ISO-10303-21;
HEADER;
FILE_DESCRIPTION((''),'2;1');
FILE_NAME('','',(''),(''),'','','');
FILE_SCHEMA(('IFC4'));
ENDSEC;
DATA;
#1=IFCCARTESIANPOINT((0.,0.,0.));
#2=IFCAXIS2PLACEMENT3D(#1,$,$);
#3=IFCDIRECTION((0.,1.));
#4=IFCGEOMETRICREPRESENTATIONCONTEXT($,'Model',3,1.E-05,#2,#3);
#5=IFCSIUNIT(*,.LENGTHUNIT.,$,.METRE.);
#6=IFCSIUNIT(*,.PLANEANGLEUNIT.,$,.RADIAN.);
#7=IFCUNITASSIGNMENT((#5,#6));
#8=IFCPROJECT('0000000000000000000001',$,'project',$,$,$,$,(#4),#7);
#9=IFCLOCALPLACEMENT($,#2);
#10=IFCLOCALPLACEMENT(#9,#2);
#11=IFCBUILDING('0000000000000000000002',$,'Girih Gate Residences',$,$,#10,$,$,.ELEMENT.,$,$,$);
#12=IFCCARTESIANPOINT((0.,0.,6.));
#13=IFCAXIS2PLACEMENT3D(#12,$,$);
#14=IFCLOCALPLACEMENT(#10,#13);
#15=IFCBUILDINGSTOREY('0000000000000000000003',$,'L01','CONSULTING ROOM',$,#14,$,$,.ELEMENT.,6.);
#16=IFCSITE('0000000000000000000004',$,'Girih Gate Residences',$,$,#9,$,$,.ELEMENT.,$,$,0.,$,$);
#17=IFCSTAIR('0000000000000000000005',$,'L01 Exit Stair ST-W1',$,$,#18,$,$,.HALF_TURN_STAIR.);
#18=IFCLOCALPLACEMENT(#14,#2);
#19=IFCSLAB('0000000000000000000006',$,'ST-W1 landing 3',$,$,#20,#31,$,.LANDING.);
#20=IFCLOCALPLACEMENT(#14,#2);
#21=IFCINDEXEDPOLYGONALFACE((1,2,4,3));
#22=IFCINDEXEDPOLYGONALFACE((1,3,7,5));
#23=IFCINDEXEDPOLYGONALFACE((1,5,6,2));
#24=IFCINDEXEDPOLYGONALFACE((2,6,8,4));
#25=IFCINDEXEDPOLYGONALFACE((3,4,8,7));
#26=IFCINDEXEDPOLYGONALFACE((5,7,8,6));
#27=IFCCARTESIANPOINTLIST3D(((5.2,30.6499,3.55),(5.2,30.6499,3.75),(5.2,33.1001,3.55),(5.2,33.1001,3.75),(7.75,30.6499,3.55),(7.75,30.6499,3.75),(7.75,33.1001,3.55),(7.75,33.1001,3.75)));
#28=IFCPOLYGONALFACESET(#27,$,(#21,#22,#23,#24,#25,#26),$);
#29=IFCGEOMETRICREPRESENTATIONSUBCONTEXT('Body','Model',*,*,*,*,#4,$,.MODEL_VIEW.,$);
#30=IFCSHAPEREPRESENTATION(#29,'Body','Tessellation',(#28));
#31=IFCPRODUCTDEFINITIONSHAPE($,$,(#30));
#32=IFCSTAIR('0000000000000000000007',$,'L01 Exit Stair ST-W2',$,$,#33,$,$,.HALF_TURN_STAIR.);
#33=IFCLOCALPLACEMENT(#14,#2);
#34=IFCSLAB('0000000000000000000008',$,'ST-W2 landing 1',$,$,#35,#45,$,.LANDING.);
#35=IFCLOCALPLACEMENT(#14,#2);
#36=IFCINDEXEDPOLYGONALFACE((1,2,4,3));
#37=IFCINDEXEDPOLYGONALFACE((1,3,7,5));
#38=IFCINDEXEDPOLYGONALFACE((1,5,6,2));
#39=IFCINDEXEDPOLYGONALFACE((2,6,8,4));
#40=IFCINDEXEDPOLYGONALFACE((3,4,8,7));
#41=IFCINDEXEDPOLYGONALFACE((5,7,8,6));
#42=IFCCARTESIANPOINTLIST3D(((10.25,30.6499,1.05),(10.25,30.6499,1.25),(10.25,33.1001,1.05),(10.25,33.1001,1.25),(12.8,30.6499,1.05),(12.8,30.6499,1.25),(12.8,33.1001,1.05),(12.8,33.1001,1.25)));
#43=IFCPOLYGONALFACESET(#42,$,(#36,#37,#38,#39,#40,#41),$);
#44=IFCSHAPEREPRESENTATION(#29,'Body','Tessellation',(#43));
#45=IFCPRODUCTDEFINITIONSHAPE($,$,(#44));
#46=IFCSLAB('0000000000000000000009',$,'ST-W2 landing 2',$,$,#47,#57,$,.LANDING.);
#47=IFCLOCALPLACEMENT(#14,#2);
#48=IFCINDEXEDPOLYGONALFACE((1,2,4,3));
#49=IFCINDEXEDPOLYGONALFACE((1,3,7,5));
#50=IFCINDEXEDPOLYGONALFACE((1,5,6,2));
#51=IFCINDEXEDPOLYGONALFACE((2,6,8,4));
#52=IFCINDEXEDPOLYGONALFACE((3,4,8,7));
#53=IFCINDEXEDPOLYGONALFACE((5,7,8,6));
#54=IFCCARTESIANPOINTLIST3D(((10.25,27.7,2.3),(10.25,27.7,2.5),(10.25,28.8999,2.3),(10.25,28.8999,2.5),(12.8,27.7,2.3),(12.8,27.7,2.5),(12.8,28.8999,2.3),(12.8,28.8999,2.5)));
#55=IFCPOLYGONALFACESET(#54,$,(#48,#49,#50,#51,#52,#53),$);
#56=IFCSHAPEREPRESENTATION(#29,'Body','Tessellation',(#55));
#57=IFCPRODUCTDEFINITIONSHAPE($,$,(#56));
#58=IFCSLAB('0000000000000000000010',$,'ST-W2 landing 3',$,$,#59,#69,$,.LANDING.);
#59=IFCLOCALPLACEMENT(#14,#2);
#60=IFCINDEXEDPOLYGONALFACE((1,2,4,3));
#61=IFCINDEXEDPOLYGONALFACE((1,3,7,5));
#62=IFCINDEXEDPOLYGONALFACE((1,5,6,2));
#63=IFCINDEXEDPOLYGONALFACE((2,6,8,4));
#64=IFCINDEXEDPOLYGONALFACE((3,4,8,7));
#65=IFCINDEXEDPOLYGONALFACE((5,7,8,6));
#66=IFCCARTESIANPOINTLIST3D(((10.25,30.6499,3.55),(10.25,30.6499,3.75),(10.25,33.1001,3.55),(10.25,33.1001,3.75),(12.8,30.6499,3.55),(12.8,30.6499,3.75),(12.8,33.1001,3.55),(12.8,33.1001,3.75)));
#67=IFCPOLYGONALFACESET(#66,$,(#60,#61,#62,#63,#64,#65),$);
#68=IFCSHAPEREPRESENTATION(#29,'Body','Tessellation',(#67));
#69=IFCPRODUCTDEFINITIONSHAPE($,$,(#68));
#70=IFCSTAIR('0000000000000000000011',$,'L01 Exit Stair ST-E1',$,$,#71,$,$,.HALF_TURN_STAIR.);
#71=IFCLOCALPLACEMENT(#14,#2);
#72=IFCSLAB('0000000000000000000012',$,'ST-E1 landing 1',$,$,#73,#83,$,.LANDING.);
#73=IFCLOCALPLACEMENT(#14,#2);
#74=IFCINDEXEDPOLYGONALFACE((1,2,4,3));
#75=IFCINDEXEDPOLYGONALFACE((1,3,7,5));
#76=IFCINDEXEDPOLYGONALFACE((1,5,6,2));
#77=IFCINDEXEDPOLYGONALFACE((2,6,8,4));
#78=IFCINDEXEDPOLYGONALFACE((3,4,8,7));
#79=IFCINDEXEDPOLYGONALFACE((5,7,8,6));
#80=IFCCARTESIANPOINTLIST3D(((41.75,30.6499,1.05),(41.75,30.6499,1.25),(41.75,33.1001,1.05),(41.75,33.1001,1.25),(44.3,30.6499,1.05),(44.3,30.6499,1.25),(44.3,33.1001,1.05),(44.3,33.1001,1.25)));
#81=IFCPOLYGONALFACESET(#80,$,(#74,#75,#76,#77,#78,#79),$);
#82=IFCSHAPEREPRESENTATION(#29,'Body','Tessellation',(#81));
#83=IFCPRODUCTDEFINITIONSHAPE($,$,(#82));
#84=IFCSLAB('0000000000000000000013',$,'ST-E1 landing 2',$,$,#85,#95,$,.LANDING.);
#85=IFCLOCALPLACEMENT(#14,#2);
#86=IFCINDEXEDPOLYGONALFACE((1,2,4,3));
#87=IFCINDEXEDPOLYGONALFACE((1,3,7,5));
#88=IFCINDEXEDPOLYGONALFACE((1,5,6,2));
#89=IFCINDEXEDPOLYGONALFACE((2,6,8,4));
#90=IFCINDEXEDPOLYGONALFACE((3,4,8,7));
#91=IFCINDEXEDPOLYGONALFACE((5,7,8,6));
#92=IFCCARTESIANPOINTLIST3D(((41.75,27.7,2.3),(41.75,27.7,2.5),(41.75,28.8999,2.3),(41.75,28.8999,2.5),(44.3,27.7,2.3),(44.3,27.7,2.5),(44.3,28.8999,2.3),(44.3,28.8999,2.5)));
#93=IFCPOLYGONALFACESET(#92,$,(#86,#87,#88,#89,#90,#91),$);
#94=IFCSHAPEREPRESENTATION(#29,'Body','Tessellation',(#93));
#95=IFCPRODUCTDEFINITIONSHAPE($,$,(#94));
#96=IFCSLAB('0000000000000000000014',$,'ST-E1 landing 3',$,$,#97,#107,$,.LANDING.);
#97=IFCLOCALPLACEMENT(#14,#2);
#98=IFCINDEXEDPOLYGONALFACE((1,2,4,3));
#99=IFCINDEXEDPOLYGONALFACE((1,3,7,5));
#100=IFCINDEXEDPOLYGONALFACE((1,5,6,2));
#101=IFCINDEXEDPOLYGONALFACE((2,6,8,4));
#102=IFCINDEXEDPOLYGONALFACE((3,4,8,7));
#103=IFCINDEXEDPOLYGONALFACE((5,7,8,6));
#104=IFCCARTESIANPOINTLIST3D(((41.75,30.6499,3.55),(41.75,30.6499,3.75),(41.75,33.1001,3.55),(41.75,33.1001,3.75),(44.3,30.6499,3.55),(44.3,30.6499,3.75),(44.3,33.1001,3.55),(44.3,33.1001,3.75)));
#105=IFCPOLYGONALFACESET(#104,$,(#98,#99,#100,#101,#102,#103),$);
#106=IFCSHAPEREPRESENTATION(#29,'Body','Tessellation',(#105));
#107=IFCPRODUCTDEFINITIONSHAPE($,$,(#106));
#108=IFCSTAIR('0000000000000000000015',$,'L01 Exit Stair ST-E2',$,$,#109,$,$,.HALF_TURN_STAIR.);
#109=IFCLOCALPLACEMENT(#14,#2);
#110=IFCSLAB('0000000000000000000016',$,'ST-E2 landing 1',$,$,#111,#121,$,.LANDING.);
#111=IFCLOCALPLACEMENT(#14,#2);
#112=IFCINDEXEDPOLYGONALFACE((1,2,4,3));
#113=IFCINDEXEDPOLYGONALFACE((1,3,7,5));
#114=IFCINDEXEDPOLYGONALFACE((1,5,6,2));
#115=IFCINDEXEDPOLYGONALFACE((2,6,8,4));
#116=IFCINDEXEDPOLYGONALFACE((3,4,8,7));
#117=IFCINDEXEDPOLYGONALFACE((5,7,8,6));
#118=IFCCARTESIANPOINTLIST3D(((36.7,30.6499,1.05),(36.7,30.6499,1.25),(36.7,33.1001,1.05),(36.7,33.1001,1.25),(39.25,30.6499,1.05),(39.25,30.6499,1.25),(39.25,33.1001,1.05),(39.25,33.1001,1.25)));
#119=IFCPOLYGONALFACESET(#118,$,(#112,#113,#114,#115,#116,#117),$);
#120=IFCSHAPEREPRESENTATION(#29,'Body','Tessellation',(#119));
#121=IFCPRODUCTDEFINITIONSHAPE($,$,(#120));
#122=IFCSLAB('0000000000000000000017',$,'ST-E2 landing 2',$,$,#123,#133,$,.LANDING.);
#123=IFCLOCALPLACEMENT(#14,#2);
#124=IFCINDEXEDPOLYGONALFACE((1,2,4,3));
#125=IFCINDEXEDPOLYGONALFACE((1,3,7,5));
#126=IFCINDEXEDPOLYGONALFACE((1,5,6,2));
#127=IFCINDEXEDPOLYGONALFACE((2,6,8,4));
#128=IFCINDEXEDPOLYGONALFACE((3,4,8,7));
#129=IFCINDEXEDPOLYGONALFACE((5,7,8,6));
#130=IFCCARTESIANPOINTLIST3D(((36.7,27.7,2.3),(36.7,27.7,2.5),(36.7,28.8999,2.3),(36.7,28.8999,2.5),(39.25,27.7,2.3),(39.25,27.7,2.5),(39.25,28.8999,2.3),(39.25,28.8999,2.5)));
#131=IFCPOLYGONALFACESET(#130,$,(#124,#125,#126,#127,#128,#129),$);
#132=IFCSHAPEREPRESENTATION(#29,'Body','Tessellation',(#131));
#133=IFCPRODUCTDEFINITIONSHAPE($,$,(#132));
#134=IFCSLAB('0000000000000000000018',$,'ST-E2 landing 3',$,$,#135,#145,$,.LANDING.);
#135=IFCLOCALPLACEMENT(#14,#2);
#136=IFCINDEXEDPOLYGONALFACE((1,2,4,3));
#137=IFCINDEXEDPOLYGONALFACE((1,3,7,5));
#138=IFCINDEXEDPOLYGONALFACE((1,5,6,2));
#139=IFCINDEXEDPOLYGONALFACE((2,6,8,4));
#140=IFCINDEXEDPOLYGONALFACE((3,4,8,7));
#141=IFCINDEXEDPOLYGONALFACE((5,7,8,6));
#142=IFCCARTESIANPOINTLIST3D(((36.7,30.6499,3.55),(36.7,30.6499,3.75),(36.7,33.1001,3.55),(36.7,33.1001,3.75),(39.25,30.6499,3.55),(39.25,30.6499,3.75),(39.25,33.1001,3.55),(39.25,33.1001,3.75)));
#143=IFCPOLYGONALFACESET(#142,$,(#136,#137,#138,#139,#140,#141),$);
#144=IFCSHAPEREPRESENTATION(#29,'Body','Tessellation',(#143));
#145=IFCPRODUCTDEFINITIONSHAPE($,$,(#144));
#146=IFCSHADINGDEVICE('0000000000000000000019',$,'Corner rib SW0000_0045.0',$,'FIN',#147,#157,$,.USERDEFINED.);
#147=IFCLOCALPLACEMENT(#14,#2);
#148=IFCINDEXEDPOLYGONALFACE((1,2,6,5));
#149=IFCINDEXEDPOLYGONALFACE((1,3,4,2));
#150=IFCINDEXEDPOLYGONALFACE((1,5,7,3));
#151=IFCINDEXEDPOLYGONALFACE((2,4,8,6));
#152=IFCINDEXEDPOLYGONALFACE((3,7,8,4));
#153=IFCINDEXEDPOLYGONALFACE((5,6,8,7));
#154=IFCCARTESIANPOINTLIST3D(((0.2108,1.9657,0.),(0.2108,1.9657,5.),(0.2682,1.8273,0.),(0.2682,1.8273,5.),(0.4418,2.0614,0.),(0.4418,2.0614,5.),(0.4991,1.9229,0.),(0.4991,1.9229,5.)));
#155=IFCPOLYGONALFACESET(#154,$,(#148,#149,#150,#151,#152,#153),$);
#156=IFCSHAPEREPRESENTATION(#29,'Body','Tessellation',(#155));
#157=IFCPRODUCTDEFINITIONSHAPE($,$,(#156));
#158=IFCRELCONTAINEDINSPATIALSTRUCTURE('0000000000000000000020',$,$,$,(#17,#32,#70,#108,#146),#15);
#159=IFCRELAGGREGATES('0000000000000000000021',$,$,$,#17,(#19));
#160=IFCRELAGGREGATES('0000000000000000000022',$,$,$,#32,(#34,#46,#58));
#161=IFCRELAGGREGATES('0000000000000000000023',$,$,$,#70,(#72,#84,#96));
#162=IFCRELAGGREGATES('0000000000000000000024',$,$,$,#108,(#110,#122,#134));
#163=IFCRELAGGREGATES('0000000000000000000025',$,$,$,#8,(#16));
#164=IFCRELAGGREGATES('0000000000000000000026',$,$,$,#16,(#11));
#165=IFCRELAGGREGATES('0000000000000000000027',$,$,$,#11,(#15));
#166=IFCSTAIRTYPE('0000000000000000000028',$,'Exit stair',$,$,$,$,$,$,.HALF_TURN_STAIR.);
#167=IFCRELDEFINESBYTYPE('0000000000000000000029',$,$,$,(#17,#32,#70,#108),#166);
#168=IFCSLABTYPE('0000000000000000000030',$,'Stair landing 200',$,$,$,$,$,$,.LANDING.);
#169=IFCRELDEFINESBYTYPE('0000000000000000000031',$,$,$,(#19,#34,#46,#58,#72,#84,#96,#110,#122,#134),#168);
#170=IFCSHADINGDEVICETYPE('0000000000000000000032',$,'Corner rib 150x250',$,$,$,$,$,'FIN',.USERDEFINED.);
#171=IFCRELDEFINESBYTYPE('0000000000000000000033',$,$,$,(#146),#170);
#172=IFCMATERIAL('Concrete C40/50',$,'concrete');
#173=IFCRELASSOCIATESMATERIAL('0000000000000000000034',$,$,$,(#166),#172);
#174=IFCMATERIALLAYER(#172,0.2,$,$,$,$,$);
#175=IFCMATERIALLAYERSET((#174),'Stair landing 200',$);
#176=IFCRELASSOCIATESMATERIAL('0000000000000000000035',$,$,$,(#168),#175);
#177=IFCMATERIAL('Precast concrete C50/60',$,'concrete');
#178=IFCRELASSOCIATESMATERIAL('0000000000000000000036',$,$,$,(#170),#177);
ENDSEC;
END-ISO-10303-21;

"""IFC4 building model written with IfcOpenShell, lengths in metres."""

from ifc_helpers import new_model, si_unit, direction, frame, origin, origin_2d, place, context, subcontext, project, spatial, polyline, rectangle, outline, extrude, material, layer, layer_set, type_object, element, aggregate, save


model = new_model("IFC4")

# Units and contexts
model_context = context("Model", 3, precision=1e-05, world=origin(), true_north=direction((0.0, 1.0)))
body_context = subcontext(model_context, "Body", "Model", "MODEL_VIEW")
ifc_project = project(units=[si_unit("LENGTHUNIT", "METRE"), si_unit("PLANEANGLEUNIT", "RADIAN")], contexts=[model_context])

# Site, building, storey
site_placement = place(None, origin())
site = spatial("IfcSite", under=ifc_project, at=site_placement, Name="Girih Gate Residences", CompositionType="ELEMENT", RefElevation=0.0)
building_placement = place(site_placement, origin())
building = spatial("IfcBuilding", under=site, at=building_placement, Name="Girih Gate Residences", CompositionType="ELEMENT")
storey_placement = place(building_placement, frame((0.0, 0.0, 6.0)))
storey = spatial("IfcBuildingStorey", under=building, at=storey_placement, Name="L01", Description="CONSULTING ROOM", CompositionType="ELEMENT", Elevation=6.0)

# Shared definitions
ifc_material_1 = material(Name="Concrete C40/50", Category="concrete")

# Stairs, slabs
stair_type_1 = type_object("IfcStairType", Name="Exit stair", PredefinedType="HALF_TURN_STAIR", material=ifc_material_1)
stair_1_placement = place(storey_placement, origin())
stair_1 = element("IfcStair", 1, at=stair_1_placement, inside=storey, type_object=stair_type_1, Name="L01 Exit Stair ST-W1", PredefinedType="HALF_TURN_STAIR")
ifc_layer_1 = layer(ifc_material_1, 0.2)
ifc_layer_set_1 = layer_set([ifc_layer_1], Name="Stair landing 200")
slab_type_1 = type_object("IfcSlabType", Name="Stair landing 200", PredefinedType="LANDING", material=ifc_layer_set_1)
slab_1_placement = place(storey_placement, frame((0.0, 0.0, 3.55)))
slab_1 = element("IfcSlab", 2, at=slab_1_placement, type_object=slab_type_1, Name="ST-W1 landing 3", PredefinedType="LANDING", context=body_context, shape_type="SweptSolid", body=[
    extrude(outline(polyline([(7.75, 30.6499), (7.75, 33.1001), (5.2, 33.1001), (5.2, 30.6499), (7.75, 30.6499)])), origin(), (0.0, 0.0, 1.0), 0.2),
])
aggregate(stair_1, [slab_1])
stair_2_placement = place(storey_placement, origin())
stair_2 = element("IfcStair", 3, at=stair_2_placement, inside=storey, type_object=stair_type_1, Name="L01 Exit Stair ST-W2", PredefinedType="HALF_TURN_STAIR")
slab_2_placement = place(storey_placement, frame((0.0, 0.0, 1.05)))
slab_2 = element("IfcSlab", 4, at=slab_2_placement, type_object=slab_type_1, Name="ST-W2 landing 1", PredefinedType="LANDING", context=body_context, shape_type="SweptSolid", body=[
    extrude(outline(polyline([(12.8, 30.6499), (12.8, 33.1001), (10.25, 33.1001), (10.25, 30.6499), (12.8, 30.6499)])), origin(), (0.0, 0.0, 1.0), 0.2),
])
slab_3_placement = place(storey_placement, frame((0.0, 0.0, 2.3)))
slab_3 = element("IfcSlab", 5, at=slab_3_placement, type_object=slab_type_1, Name="ST-W2 landing 2", PredefinedType="LANDING", context=body_context, shape_type="SweptSolid", body=[
    extrude(outline(polyline([(12.8, 27.7), (12.8, 28.8999), (10.25, 28.8999), (10.25, 27.7), (12.8, 27.7)])), origin(), (0.0, 0.0, 1.0), 0.2),
])
slab_4_placement = place(storey_placement, frame((0.0, 0.0, 3.55)))
slab_4 = element("IfcSlab", 6, at=slab_4_placement, type_object=slab_type_1, Name="ST-W2 landing 3", PredefinedType="LANDING", context=body_context, shape_type="SweptSolid", body=[
    extrude(outline(polyline([(12.8, 30.6499), (12.8, 33.1001), (10.25, 33.1001), (10.25, 30.6499), (12.8, 30.6499)])), origin(), (0.0, 0.0, 1.0), 0.2),
])
aggregate(stair_2, [slab_2, slab_3, slab_4])
stair_3_placement = place(storey_placement, origin())
stair_3 = element("IfcStair", 7, at=stair_3_placement, inside=storey, type_object=stair_type_1, Name="L01 Exit Stair ST-E1", PredefinedType="HALF_TURN_STAIR")
slab_5_placement = place(storey_placement, frame((0.0, 0.0, 1.05)))
slab_5 = element("IfcSlab", 8, at=slab_5_placement, type_object=slab_type_1, Name="ST-E1 landing 1", PredefinedType="LANDING", context=body_context, shape_type="SweptSolid", body=[
    extrude(outline(polyline([(44.3, 30.6499), (44.3, 33.1001), (41.75, 33.1001), (41.75, 30.6499), (44.3, 30.6499)])), origin(), (0.0, 0.0, 1.0), 0.2),
])
slab_6_placement = place(storey_placement, frame((0.0, 0.0, 2.3)))
slab_6 = element("IfcSlab", 9, at=slab_6_placement, type_object=slab_type_1, Name="ST-E1 landing 2", PredefinedType="LANDING", context=body_context, shape_type="SweptSolid", body=[
    extrude(outline(polyline([(44.3, 27.7), (44.3, 28.8999), (41.75, 28.8999), (41.75, 27.7), (44.3, 27.7)])), origin(), (0.0, 0.0, 1.0), 0.2),
])
slab_7_placement = place(storey_placement, frame((0.0, 0.0, 3.55)))
slab_7 = element("IfcSlab", 10, at=slab_7_placement, type_object=slab_type_1, Name="ST-E1 landing 3", PredefinedType="LANDING", context=body_context, shape_type="SweptSolid", body=[
    extrude(outline(polyline([(44.3, 30.6499), (44.3, 33.1001), (41.75, 33.1001), (41.75, 30.6499), (44.3, 30.6499)])), origin(), (0.0, 0.0, 1.0), 0.2),
])
aggregate(stair_3, [slab_5, slab_6, slab_7])
stair_4_placement = place(storey_placement, origin())
stair_4 = element("IfcStair", 11, at=stair_4_placement, inside=storey, type_object=stair_type_1, Name="L01 Exit Stair ST-E2", PredefinedType="HALF_TURN_STAIR")
slab_8_placement = place(storey_placement, frame((0.0, 0.0, 1.05)))
slab_8 = element("IfcSlab", 12, at=slab_8_placement, type_object=slab_type_1, Name="ST-E2 landing 1", PredefinedType="LANDING", context=body_context, shape_type="SweptSolid", body=[
    extrude(outline(polyline([(39.25, 30.6499), (39.25, 33.1001), (36.7, 33.1001), (36.7, 30.6499), (39.25, 30.6499)])), origin(), (0.0, 0.0, 1.0), 0.2),
])
slab_9_placement = place(storey_placement, frame((0.0, 0.0, 2.3)))
slab_9 = element("IfcSlab", 13, at=slab_9_placement, type_object=slab_type_1, Name="ST-E2 landing 2", PredefinedType="LANDING", context=body_context, shape_type="SweptSolid", body=[
    extrude(outline(polyline([(39.25, 27.7), (39.25, 28.8999), (36.7, 28.8999), (36.7, 27.7), (39.25, 27.7)])), origin(), (0.0, 0.0, 1.0), 0.2),
])
slab_10_placement = place(storey_placement, frame((0.0, 0.0, 3.55)))
slab_10 = element("IfcSlab", 14, at=slab_10_placement, type_object=slab_type_1, Name="ST-E2 landing 3", PredefinedType="LANDING", context=body_context, shape_type="SweptSolid", body=[
    extrude(outline(polyline([(39.25, 30.6499), (39.25, 33.1001), (36.7, 33.1001), (36.7, 30.6499), (39.25, 30.6499)])), origin(), (0.0, 0.0, 1.0), 0.2),
])
aggregate(stair_4, [slab_8, slab_9, slab_10])

# Shading device
ifc_material_2 = material(Name="Precast concrete C50/60", Category="concrete")
shading_device_type = type_object("IfcShadingDeviceType", Name="Corner rib 150x250", ElementType="FIN", PredefinedType="USERDEFINED", material=ifc_material_2)
shading_device_placement = place(storey_placement, frame((0.355, 1.9443, 0.0), z_axis=(0.0, 0.0, 1.0), x_axis=(0.382683, -0.92388, 0.0)))
element("IfcShadingDevice", 15, at=shading_device_placement, inside=storey, type_object=shading_device_type, Name="Corner rib SW0000_0045.0", ObjectType="FIN", PredefinedType="USERDEFINED", context=body_context, shape_type="SweptSolid", body=[
    extrude(rectangle(XDim=0.1499, YDim=0.25, at=origin_2d()), origin(), (0.0, 0.0, 1.0), 5.0),
])

save(model, "model.ifc")
